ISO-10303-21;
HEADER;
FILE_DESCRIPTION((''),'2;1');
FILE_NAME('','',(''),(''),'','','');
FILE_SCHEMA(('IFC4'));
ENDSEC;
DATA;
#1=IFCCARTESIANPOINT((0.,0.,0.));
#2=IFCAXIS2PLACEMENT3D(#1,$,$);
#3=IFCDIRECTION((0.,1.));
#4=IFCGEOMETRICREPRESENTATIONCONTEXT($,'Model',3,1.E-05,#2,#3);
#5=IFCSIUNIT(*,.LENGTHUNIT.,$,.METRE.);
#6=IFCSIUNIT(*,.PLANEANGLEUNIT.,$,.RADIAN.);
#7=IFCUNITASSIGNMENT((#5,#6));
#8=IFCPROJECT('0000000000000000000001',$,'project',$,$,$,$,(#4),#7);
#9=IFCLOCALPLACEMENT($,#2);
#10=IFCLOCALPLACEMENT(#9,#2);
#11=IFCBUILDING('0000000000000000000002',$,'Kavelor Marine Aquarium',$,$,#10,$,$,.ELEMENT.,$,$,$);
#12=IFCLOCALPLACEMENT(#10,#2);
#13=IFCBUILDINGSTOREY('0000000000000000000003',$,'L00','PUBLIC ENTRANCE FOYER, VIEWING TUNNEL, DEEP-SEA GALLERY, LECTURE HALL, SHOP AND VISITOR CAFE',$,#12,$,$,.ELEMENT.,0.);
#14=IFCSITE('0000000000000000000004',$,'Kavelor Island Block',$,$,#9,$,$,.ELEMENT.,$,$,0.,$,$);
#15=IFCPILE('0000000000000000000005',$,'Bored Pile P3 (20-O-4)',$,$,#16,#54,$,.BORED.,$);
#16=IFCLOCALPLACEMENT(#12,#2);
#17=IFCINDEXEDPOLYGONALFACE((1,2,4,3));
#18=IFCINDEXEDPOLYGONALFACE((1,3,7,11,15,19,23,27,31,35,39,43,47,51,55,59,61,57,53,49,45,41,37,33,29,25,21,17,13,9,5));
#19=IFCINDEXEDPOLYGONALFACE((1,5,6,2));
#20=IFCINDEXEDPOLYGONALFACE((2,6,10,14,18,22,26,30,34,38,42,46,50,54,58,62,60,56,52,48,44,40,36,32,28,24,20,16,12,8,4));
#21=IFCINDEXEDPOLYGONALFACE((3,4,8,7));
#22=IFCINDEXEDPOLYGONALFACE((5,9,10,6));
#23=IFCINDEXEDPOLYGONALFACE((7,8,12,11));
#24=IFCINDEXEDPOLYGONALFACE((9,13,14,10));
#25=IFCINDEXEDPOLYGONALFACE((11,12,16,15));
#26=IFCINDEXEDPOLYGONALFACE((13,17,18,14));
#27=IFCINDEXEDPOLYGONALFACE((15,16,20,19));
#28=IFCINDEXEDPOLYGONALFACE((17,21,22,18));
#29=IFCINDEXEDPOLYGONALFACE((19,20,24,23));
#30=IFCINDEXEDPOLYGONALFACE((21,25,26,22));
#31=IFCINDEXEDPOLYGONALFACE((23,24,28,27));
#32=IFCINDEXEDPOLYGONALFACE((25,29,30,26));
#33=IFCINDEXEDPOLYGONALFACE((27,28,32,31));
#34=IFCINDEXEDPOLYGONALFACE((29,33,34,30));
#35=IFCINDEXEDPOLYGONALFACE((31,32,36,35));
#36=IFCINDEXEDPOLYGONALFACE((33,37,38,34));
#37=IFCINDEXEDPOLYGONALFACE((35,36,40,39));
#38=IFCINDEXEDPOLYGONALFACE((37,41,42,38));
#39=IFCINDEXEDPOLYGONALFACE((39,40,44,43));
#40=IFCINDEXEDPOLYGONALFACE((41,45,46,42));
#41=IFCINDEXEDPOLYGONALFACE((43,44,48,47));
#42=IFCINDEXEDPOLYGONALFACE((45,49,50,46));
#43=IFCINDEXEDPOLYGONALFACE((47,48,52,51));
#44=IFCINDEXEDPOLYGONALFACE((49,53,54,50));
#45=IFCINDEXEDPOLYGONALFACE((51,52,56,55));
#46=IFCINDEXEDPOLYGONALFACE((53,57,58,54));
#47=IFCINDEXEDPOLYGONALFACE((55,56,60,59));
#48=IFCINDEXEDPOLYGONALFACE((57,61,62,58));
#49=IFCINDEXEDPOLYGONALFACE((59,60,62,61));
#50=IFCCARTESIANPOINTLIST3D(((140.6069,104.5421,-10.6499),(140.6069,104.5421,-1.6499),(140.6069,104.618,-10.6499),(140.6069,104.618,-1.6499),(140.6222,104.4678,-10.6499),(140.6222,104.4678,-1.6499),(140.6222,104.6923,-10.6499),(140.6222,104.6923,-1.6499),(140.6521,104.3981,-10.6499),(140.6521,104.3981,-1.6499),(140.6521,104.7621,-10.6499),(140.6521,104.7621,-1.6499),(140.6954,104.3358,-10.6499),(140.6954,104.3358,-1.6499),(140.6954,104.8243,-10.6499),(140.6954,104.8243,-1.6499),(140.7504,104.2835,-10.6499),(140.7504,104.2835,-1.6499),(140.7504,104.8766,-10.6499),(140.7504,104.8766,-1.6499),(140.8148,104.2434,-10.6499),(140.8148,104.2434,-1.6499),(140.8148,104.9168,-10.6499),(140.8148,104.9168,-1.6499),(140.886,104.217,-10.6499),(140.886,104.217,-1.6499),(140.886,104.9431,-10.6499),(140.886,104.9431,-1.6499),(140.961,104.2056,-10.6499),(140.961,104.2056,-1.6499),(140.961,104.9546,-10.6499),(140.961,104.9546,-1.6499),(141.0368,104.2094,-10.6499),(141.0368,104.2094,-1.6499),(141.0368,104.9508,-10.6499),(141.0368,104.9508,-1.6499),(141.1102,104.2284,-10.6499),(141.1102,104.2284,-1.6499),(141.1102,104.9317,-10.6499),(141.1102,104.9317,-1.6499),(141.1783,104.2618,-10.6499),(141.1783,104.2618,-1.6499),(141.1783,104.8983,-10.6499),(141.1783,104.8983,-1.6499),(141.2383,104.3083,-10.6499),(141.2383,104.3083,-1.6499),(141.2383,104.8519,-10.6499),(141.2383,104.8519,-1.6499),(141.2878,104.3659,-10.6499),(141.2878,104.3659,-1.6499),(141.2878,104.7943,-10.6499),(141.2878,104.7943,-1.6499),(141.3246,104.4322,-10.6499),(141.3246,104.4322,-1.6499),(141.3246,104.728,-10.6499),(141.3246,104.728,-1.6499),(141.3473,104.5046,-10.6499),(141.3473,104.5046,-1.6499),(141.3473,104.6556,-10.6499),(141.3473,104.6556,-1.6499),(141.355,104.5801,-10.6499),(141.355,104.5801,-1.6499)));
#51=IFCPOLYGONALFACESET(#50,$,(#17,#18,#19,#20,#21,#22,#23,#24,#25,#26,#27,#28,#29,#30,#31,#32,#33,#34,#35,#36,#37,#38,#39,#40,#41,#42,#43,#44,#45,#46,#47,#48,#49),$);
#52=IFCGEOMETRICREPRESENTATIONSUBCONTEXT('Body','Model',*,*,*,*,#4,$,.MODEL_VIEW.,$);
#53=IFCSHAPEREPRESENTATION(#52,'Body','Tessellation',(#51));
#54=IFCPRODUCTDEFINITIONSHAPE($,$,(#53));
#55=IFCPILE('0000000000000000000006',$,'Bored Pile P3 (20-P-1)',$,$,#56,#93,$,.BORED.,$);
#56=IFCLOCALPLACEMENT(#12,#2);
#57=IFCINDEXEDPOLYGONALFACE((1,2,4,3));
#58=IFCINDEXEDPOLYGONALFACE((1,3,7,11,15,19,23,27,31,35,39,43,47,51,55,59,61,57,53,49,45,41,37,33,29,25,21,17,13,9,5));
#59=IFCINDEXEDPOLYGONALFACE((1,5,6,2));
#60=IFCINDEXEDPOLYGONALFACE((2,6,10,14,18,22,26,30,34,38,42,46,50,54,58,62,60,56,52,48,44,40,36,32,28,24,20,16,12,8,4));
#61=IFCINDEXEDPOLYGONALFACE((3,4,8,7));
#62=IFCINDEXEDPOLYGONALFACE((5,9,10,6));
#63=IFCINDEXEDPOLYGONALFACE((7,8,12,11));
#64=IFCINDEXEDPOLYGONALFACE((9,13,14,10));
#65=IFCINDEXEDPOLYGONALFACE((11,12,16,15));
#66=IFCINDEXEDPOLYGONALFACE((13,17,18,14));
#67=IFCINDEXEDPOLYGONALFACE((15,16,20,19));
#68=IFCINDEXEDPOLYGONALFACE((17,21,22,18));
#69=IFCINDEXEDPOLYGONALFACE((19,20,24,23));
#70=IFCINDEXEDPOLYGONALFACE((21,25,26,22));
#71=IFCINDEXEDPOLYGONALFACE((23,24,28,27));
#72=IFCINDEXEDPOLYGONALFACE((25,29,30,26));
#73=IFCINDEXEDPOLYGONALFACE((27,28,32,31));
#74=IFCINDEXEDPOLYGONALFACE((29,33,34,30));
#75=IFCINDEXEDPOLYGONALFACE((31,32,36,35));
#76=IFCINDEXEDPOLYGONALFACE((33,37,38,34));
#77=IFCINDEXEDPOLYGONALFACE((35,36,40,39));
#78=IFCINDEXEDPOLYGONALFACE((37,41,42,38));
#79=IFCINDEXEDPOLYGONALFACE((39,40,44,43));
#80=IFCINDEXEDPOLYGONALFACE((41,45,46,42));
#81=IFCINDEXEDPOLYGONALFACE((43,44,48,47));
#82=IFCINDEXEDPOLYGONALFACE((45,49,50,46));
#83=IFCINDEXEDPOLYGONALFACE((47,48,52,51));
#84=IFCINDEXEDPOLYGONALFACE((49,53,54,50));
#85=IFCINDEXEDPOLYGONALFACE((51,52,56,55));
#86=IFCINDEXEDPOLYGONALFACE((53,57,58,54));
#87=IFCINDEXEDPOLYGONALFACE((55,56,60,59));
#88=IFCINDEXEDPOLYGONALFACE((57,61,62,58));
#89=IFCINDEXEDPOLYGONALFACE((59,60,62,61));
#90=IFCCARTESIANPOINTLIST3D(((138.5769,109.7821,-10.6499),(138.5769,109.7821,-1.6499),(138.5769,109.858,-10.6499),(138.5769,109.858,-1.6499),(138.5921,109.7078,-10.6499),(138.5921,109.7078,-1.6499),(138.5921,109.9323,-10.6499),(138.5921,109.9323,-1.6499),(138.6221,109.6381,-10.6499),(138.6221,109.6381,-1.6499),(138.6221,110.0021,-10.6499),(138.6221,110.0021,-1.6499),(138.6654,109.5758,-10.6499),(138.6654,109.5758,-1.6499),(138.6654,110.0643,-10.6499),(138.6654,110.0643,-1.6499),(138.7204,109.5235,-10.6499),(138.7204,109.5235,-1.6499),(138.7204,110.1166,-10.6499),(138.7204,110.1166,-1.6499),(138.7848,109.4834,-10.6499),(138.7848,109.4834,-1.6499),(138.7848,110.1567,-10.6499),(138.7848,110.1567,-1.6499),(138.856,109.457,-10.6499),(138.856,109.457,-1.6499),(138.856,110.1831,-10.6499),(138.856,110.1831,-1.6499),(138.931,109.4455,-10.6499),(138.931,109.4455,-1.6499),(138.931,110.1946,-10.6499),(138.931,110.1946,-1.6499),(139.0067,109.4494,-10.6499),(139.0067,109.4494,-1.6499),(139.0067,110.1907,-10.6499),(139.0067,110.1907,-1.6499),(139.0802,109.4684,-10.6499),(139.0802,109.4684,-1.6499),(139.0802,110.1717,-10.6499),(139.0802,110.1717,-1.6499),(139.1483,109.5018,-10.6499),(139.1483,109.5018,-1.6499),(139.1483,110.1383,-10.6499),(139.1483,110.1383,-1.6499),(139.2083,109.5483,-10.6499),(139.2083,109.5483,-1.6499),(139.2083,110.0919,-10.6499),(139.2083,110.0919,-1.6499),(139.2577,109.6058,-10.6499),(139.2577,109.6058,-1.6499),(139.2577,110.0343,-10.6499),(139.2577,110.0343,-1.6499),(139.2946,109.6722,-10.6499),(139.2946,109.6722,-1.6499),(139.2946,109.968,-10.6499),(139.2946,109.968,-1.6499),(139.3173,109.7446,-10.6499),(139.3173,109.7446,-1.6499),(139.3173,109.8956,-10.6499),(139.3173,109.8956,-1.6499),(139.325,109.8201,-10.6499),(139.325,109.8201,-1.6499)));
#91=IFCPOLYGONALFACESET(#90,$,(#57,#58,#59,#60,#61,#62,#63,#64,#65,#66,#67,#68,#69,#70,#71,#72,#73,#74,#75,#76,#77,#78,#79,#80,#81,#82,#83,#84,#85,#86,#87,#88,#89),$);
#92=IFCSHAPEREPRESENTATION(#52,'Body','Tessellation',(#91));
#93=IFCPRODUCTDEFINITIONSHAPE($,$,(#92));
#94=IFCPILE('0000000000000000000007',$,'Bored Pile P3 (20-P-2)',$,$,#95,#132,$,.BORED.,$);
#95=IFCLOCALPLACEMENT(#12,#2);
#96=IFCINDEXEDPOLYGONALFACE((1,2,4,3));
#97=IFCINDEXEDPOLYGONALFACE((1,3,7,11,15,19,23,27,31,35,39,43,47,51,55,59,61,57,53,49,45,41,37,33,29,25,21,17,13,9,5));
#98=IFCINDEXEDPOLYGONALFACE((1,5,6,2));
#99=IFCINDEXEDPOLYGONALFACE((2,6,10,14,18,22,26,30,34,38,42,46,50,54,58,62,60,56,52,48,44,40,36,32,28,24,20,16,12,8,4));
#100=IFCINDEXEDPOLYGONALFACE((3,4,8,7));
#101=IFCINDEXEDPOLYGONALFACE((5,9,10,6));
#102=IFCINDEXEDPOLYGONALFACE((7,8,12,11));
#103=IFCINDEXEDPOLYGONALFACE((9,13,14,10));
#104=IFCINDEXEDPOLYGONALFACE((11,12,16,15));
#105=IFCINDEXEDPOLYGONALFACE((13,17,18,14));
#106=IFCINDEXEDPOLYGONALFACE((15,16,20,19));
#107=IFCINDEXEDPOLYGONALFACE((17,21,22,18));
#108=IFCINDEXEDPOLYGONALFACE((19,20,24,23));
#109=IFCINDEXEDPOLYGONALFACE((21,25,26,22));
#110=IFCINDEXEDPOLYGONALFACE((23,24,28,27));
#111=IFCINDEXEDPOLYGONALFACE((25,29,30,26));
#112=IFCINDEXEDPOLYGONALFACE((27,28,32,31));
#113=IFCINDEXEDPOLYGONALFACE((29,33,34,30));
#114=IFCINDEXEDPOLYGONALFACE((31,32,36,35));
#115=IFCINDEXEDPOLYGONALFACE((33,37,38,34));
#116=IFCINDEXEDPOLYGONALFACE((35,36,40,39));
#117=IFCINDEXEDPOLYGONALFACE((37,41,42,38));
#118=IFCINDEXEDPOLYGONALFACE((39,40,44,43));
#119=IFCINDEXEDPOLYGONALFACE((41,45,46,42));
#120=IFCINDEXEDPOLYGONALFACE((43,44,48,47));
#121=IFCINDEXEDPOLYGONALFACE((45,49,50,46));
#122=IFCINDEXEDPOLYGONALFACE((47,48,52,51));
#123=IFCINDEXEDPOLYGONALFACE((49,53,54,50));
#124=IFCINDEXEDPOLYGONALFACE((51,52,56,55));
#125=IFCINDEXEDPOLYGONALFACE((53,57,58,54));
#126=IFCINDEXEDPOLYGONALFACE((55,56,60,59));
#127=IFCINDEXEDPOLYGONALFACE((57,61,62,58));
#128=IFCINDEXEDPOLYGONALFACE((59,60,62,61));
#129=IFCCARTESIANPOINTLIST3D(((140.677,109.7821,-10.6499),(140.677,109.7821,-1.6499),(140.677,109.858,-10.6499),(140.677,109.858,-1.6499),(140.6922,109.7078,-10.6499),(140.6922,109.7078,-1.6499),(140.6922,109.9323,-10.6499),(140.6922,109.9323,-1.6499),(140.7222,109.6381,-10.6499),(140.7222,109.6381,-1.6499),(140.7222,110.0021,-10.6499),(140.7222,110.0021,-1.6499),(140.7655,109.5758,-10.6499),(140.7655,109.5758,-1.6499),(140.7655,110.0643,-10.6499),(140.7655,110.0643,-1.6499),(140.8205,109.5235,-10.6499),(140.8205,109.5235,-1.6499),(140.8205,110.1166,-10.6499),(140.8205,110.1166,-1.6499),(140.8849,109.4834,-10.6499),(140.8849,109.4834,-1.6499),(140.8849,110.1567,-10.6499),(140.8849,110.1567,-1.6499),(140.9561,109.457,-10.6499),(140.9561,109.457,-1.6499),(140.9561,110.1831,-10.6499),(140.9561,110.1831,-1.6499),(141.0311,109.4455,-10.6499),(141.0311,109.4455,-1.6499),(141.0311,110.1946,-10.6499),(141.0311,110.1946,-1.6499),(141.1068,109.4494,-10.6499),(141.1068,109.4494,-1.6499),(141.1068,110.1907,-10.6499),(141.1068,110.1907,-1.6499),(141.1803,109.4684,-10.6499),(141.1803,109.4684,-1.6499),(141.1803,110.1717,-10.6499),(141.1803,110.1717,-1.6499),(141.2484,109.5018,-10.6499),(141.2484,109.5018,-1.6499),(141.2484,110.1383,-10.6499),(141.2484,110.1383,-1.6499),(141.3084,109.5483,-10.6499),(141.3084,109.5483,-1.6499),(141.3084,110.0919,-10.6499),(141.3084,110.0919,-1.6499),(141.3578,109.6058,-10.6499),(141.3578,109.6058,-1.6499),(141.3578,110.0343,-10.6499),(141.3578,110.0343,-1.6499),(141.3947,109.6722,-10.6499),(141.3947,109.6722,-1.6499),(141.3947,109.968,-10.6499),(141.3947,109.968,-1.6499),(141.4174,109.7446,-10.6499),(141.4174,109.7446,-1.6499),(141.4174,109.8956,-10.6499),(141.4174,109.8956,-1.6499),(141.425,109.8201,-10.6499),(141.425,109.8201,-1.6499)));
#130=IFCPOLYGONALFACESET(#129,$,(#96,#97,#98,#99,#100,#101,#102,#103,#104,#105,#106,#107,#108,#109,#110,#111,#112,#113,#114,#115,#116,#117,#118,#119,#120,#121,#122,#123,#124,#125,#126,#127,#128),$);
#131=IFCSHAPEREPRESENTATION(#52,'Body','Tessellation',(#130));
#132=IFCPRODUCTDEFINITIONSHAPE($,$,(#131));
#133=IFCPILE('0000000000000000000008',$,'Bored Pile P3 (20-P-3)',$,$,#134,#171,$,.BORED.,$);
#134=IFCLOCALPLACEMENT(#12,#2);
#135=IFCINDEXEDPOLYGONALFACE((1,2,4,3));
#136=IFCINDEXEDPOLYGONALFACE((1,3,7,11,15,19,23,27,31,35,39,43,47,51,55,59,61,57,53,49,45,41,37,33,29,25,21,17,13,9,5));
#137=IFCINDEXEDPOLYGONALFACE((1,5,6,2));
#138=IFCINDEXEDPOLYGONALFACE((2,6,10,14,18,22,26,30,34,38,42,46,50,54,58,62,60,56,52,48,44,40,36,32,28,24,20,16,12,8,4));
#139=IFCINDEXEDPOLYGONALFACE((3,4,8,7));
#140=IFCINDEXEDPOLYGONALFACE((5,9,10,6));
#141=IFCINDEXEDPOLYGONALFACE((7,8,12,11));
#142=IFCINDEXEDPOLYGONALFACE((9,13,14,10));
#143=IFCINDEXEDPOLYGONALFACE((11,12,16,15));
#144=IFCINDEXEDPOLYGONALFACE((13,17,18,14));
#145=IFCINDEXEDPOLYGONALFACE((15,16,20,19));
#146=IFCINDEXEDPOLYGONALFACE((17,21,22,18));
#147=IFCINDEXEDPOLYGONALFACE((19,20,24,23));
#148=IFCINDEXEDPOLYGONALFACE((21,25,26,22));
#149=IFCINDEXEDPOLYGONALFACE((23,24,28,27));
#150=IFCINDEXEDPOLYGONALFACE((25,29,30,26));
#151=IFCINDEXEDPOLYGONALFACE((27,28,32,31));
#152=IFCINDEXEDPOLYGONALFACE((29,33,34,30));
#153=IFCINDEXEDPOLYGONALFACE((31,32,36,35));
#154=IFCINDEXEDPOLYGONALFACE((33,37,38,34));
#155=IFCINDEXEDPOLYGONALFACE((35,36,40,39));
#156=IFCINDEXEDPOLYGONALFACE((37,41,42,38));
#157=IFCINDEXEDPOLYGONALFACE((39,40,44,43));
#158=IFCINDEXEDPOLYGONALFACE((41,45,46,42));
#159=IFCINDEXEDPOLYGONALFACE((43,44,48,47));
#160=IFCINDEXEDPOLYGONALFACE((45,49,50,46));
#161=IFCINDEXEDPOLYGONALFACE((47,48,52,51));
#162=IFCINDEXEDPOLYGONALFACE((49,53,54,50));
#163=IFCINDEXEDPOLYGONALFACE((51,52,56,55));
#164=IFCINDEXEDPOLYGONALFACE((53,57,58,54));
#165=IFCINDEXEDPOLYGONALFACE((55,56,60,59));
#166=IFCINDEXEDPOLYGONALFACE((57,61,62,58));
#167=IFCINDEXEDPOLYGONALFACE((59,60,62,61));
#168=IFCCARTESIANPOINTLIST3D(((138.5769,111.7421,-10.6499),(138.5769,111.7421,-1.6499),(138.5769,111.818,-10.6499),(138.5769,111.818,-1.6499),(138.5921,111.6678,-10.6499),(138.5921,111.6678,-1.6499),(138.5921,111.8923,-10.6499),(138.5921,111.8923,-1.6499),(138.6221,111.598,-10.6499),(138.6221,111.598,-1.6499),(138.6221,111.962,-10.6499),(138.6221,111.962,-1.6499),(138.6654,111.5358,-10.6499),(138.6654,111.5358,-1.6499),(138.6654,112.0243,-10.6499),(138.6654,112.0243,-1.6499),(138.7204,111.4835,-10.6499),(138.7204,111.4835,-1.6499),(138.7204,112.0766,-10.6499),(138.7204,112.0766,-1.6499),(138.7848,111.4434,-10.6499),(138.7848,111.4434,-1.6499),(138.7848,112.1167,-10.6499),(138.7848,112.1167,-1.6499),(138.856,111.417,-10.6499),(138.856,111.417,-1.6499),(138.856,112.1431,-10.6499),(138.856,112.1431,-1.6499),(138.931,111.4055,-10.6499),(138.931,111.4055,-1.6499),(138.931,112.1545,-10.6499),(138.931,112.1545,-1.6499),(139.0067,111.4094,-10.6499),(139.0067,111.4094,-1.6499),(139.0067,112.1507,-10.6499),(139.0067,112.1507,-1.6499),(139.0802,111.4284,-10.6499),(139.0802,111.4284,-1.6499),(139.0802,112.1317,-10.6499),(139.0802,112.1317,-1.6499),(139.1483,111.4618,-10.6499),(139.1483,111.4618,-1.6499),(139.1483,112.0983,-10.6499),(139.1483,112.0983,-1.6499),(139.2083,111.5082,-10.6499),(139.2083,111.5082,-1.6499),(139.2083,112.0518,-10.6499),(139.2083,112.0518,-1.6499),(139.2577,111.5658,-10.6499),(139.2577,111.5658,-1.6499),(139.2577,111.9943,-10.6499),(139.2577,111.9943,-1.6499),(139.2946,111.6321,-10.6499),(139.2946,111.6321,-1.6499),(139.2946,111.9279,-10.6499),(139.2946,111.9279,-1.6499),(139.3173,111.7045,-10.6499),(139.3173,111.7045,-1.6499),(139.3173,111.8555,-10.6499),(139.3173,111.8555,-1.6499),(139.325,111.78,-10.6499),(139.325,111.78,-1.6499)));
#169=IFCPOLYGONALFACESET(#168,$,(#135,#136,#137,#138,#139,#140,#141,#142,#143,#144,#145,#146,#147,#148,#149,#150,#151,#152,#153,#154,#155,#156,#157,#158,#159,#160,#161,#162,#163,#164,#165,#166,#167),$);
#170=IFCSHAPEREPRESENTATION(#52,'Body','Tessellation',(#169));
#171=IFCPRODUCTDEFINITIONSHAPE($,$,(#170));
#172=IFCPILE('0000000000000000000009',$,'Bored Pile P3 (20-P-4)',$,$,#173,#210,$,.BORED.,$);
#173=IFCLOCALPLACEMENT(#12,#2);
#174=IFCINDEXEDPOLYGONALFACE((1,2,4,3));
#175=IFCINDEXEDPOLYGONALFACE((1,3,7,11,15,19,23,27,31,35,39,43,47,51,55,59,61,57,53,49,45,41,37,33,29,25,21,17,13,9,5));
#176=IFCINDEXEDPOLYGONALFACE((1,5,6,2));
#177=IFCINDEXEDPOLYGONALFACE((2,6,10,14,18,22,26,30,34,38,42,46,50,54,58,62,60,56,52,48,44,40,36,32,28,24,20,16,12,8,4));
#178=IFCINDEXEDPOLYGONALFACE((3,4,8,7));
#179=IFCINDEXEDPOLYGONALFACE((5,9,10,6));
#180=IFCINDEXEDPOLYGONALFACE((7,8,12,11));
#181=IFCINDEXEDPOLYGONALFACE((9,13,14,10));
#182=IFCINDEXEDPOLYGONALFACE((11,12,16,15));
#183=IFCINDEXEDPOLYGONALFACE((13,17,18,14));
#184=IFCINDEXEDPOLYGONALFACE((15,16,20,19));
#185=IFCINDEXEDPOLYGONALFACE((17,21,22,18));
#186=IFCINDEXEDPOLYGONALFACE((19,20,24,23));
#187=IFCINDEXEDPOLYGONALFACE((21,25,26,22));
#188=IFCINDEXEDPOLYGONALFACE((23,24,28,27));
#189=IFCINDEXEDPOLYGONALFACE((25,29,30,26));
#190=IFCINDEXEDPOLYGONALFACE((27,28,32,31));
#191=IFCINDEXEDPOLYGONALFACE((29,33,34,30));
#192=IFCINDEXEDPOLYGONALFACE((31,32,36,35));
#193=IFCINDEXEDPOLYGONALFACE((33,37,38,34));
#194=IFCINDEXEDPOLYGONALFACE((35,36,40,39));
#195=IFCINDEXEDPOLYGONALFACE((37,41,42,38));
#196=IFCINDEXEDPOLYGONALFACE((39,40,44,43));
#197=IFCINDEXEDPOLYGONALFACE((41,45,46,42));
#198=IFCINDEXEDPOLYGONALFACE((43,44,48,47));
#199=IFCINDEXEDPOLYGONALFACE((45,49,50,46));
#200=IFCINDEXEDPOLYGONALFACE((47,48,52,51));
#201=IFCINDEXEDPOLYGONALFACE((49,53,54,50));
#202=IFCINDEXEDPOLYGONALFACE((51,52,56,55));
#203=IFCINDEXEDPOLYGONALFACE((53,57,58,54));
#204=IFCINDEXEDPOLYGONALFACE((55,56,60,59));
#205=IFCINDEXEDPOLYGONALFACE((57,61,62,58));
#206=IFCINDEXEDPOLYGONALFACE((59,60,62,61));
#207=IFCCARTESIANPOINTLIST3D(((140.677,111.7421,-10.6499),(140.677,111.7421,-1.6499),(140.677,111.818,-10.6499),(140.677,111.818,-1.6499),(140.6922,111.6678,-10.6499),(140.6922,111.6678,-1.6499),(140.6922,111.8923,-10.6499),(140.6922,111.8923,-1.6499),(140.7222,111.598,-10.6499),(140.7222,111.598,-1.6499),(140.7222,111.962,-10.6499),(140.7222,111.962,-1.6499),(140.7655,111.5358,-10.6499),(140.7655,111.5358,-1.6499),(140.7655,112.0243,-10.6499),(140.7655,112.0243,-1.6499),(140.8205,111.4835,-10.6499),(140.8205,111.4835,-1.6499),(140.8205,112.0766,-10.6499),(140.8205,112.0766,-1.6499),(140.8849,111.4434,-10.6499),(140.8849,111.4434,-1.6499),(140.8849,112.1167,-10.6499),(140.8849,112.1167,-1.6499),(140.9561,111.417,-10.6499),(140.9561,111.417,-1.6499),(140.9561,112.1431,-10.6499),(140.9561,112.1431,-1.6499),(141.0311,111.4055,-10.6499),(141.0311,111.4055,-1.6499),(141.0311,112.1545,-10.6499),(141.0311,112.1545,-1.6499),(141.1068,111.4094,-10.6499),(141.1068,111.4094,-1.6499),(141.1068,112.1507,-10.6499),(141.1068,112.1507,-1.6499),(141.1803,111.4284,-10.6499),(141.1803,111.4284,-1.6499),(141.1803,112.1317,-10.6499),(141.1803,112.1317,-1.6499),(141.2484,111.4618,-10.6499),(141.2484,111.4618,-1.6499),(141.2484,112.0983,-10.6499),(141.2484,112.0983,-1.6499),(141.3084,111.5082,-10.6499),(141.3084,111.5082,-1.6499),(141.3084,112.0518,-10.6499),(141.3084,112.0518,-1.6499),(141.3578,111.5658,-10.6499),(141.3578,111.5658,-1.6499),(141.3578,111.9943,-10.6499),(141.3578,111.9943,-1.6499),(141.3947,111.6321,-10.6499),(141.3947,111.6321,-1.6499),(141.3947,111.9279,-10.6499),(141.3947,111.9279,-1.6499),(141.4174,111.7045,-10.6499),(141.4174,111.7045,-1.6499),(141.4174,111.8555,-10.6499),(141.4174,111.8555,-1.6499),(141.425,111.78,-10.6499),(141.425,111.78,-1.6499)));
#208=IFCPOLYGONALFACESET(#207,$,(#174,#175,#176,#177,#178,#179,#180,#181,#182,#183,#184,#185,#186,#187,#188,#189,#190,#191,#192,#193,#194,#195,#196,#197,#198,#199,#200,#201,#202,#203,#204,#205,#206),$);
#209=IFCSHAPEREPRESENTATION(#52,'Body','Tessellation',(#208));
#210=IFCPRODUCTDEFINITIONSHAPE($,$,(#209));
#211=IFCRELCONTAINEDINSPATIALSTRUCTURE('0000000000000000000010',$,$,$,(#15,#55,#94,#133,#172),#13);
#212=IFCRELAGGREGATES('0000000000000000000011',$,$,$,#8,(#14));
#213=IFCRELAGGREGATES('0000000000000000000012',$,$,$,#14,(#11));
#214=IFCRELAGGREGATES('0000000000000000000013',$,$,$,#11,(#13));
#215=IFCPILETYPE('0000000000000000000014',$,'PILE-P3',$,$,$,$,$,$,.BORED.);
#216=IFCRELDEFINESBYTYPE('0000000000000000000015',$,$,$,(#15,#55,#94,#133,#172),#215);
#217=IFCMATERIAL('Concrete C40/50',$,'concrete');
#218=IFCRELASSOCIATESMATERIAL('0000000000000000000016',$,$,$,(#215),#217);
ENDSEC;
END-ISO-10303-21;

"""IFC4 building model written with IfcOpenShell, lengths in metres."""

from ifc_helpers import new_model, si_unit, direction, frame, origin, origin_2d, place, context, subcontext, project, spatial, circle, extrude, material, material_profile, profile_set, type_object, element, save


model = new_model("IFC4")

# Units and contexts
model_context = context("Model", 3, precision=1e-05, world=origin(), true_north=direction((0.0, 1.0)))
body_context = subcontext(model_context, "Body", "Model", "MODEL_VIEW")
ifc_project = project(units=[si_unit("LENGTHUNIT", "METRE"), si_unit("PLANEANGLEUNIT", "RADIAN")], contexts=[model_context])

# Site, building, storey
site_placement = place(None, origin())
site = spatial("IfcSite", under=ifc_project, at=site_placement, Name="Kavelor Island Block", CompositionType="ELEMENT", RefElevation=0.0)
building_placement = place(site_placement, origin())
building = spatial("IfcBuilding", under=site, at=building_placement, Name="Kavelor Marine Aquarium", CompositionType="ELEMENT")
storey_placement = place(building_placement, origin())
storey = spatial("IfcBuildingStorey", under=building, at=storey_placement, Name="L00", Description="PUBLIC ENTRANCE FOYER, VIEWING TUNNEL, DEEP-SEA GALLERY, LECTURE HALL, SHOP AND VISITOR CAFE", CompositionType="ELEMENT", Elevation=0.0)

# Piles
ifc_material_1 = material(Name="Concrete C40/50", Category="concrete")
ifc_material_profile_1 = material_profile(ifc_material_1, circle(Radius=0.375, at=origin_2d()), Name="PILE D750")
ifc_profile_set_1 = profile_set([ifc_material_profile_1], Name="Concrete C40/50")
pile_type_1 = type_object("IfcPileType", Name="PILE-P3", PredefinedType="BORED", material=ifc_profile_set_1)
for number, where, z_axis, x_axis, name in (
    (1, (140.98, 104.5801, -1.6499), (0.0, 0.0, -1.0), (1.0, 0.0, 0.0), "Bored Pile P3 (20-O-4)"),
    (2, (138.95, 109.8201, -1.6499), (0.0, 0.0, -1.0), (1.0, 0.0, 0.0), "Bored Pile P3 (20-P-1)"),
    (3, (141.05, 109.8201, -1.6499), (0.0, 0.0, -1.0), (1.0, 0.0, 0.0), "Bored Pile P3 (20-P-2)"),
    (4, (138.95, 111.78, -1.6499), (0.0, 0.0, -1.0), (1.0, 0.0, 0.0), "Bored Pile P3 (20-P-3)"),
    (5, (141.05, 111.78, -1.6499), (0.0, 0.0, -1.0), (1.0, 0.0, 0.0), "Bored Pile P3 (20-P-4)"),
):
    element("IfcPile", number, at=place(storey_placement, frame(where, z_axis=z_axis, x_axis=x_axis)), inside=storey, type_object=pile_type_1, Name=name, PredefinedType="BORED", context=body_context, shape_type="SweptSolid", body=[
        extrude(circle(Radius=0.375, at=origin_2d()), origin(), (0.0, 0.0, 1.0), 9.0),
    ])

save(model, "model.ifc")
